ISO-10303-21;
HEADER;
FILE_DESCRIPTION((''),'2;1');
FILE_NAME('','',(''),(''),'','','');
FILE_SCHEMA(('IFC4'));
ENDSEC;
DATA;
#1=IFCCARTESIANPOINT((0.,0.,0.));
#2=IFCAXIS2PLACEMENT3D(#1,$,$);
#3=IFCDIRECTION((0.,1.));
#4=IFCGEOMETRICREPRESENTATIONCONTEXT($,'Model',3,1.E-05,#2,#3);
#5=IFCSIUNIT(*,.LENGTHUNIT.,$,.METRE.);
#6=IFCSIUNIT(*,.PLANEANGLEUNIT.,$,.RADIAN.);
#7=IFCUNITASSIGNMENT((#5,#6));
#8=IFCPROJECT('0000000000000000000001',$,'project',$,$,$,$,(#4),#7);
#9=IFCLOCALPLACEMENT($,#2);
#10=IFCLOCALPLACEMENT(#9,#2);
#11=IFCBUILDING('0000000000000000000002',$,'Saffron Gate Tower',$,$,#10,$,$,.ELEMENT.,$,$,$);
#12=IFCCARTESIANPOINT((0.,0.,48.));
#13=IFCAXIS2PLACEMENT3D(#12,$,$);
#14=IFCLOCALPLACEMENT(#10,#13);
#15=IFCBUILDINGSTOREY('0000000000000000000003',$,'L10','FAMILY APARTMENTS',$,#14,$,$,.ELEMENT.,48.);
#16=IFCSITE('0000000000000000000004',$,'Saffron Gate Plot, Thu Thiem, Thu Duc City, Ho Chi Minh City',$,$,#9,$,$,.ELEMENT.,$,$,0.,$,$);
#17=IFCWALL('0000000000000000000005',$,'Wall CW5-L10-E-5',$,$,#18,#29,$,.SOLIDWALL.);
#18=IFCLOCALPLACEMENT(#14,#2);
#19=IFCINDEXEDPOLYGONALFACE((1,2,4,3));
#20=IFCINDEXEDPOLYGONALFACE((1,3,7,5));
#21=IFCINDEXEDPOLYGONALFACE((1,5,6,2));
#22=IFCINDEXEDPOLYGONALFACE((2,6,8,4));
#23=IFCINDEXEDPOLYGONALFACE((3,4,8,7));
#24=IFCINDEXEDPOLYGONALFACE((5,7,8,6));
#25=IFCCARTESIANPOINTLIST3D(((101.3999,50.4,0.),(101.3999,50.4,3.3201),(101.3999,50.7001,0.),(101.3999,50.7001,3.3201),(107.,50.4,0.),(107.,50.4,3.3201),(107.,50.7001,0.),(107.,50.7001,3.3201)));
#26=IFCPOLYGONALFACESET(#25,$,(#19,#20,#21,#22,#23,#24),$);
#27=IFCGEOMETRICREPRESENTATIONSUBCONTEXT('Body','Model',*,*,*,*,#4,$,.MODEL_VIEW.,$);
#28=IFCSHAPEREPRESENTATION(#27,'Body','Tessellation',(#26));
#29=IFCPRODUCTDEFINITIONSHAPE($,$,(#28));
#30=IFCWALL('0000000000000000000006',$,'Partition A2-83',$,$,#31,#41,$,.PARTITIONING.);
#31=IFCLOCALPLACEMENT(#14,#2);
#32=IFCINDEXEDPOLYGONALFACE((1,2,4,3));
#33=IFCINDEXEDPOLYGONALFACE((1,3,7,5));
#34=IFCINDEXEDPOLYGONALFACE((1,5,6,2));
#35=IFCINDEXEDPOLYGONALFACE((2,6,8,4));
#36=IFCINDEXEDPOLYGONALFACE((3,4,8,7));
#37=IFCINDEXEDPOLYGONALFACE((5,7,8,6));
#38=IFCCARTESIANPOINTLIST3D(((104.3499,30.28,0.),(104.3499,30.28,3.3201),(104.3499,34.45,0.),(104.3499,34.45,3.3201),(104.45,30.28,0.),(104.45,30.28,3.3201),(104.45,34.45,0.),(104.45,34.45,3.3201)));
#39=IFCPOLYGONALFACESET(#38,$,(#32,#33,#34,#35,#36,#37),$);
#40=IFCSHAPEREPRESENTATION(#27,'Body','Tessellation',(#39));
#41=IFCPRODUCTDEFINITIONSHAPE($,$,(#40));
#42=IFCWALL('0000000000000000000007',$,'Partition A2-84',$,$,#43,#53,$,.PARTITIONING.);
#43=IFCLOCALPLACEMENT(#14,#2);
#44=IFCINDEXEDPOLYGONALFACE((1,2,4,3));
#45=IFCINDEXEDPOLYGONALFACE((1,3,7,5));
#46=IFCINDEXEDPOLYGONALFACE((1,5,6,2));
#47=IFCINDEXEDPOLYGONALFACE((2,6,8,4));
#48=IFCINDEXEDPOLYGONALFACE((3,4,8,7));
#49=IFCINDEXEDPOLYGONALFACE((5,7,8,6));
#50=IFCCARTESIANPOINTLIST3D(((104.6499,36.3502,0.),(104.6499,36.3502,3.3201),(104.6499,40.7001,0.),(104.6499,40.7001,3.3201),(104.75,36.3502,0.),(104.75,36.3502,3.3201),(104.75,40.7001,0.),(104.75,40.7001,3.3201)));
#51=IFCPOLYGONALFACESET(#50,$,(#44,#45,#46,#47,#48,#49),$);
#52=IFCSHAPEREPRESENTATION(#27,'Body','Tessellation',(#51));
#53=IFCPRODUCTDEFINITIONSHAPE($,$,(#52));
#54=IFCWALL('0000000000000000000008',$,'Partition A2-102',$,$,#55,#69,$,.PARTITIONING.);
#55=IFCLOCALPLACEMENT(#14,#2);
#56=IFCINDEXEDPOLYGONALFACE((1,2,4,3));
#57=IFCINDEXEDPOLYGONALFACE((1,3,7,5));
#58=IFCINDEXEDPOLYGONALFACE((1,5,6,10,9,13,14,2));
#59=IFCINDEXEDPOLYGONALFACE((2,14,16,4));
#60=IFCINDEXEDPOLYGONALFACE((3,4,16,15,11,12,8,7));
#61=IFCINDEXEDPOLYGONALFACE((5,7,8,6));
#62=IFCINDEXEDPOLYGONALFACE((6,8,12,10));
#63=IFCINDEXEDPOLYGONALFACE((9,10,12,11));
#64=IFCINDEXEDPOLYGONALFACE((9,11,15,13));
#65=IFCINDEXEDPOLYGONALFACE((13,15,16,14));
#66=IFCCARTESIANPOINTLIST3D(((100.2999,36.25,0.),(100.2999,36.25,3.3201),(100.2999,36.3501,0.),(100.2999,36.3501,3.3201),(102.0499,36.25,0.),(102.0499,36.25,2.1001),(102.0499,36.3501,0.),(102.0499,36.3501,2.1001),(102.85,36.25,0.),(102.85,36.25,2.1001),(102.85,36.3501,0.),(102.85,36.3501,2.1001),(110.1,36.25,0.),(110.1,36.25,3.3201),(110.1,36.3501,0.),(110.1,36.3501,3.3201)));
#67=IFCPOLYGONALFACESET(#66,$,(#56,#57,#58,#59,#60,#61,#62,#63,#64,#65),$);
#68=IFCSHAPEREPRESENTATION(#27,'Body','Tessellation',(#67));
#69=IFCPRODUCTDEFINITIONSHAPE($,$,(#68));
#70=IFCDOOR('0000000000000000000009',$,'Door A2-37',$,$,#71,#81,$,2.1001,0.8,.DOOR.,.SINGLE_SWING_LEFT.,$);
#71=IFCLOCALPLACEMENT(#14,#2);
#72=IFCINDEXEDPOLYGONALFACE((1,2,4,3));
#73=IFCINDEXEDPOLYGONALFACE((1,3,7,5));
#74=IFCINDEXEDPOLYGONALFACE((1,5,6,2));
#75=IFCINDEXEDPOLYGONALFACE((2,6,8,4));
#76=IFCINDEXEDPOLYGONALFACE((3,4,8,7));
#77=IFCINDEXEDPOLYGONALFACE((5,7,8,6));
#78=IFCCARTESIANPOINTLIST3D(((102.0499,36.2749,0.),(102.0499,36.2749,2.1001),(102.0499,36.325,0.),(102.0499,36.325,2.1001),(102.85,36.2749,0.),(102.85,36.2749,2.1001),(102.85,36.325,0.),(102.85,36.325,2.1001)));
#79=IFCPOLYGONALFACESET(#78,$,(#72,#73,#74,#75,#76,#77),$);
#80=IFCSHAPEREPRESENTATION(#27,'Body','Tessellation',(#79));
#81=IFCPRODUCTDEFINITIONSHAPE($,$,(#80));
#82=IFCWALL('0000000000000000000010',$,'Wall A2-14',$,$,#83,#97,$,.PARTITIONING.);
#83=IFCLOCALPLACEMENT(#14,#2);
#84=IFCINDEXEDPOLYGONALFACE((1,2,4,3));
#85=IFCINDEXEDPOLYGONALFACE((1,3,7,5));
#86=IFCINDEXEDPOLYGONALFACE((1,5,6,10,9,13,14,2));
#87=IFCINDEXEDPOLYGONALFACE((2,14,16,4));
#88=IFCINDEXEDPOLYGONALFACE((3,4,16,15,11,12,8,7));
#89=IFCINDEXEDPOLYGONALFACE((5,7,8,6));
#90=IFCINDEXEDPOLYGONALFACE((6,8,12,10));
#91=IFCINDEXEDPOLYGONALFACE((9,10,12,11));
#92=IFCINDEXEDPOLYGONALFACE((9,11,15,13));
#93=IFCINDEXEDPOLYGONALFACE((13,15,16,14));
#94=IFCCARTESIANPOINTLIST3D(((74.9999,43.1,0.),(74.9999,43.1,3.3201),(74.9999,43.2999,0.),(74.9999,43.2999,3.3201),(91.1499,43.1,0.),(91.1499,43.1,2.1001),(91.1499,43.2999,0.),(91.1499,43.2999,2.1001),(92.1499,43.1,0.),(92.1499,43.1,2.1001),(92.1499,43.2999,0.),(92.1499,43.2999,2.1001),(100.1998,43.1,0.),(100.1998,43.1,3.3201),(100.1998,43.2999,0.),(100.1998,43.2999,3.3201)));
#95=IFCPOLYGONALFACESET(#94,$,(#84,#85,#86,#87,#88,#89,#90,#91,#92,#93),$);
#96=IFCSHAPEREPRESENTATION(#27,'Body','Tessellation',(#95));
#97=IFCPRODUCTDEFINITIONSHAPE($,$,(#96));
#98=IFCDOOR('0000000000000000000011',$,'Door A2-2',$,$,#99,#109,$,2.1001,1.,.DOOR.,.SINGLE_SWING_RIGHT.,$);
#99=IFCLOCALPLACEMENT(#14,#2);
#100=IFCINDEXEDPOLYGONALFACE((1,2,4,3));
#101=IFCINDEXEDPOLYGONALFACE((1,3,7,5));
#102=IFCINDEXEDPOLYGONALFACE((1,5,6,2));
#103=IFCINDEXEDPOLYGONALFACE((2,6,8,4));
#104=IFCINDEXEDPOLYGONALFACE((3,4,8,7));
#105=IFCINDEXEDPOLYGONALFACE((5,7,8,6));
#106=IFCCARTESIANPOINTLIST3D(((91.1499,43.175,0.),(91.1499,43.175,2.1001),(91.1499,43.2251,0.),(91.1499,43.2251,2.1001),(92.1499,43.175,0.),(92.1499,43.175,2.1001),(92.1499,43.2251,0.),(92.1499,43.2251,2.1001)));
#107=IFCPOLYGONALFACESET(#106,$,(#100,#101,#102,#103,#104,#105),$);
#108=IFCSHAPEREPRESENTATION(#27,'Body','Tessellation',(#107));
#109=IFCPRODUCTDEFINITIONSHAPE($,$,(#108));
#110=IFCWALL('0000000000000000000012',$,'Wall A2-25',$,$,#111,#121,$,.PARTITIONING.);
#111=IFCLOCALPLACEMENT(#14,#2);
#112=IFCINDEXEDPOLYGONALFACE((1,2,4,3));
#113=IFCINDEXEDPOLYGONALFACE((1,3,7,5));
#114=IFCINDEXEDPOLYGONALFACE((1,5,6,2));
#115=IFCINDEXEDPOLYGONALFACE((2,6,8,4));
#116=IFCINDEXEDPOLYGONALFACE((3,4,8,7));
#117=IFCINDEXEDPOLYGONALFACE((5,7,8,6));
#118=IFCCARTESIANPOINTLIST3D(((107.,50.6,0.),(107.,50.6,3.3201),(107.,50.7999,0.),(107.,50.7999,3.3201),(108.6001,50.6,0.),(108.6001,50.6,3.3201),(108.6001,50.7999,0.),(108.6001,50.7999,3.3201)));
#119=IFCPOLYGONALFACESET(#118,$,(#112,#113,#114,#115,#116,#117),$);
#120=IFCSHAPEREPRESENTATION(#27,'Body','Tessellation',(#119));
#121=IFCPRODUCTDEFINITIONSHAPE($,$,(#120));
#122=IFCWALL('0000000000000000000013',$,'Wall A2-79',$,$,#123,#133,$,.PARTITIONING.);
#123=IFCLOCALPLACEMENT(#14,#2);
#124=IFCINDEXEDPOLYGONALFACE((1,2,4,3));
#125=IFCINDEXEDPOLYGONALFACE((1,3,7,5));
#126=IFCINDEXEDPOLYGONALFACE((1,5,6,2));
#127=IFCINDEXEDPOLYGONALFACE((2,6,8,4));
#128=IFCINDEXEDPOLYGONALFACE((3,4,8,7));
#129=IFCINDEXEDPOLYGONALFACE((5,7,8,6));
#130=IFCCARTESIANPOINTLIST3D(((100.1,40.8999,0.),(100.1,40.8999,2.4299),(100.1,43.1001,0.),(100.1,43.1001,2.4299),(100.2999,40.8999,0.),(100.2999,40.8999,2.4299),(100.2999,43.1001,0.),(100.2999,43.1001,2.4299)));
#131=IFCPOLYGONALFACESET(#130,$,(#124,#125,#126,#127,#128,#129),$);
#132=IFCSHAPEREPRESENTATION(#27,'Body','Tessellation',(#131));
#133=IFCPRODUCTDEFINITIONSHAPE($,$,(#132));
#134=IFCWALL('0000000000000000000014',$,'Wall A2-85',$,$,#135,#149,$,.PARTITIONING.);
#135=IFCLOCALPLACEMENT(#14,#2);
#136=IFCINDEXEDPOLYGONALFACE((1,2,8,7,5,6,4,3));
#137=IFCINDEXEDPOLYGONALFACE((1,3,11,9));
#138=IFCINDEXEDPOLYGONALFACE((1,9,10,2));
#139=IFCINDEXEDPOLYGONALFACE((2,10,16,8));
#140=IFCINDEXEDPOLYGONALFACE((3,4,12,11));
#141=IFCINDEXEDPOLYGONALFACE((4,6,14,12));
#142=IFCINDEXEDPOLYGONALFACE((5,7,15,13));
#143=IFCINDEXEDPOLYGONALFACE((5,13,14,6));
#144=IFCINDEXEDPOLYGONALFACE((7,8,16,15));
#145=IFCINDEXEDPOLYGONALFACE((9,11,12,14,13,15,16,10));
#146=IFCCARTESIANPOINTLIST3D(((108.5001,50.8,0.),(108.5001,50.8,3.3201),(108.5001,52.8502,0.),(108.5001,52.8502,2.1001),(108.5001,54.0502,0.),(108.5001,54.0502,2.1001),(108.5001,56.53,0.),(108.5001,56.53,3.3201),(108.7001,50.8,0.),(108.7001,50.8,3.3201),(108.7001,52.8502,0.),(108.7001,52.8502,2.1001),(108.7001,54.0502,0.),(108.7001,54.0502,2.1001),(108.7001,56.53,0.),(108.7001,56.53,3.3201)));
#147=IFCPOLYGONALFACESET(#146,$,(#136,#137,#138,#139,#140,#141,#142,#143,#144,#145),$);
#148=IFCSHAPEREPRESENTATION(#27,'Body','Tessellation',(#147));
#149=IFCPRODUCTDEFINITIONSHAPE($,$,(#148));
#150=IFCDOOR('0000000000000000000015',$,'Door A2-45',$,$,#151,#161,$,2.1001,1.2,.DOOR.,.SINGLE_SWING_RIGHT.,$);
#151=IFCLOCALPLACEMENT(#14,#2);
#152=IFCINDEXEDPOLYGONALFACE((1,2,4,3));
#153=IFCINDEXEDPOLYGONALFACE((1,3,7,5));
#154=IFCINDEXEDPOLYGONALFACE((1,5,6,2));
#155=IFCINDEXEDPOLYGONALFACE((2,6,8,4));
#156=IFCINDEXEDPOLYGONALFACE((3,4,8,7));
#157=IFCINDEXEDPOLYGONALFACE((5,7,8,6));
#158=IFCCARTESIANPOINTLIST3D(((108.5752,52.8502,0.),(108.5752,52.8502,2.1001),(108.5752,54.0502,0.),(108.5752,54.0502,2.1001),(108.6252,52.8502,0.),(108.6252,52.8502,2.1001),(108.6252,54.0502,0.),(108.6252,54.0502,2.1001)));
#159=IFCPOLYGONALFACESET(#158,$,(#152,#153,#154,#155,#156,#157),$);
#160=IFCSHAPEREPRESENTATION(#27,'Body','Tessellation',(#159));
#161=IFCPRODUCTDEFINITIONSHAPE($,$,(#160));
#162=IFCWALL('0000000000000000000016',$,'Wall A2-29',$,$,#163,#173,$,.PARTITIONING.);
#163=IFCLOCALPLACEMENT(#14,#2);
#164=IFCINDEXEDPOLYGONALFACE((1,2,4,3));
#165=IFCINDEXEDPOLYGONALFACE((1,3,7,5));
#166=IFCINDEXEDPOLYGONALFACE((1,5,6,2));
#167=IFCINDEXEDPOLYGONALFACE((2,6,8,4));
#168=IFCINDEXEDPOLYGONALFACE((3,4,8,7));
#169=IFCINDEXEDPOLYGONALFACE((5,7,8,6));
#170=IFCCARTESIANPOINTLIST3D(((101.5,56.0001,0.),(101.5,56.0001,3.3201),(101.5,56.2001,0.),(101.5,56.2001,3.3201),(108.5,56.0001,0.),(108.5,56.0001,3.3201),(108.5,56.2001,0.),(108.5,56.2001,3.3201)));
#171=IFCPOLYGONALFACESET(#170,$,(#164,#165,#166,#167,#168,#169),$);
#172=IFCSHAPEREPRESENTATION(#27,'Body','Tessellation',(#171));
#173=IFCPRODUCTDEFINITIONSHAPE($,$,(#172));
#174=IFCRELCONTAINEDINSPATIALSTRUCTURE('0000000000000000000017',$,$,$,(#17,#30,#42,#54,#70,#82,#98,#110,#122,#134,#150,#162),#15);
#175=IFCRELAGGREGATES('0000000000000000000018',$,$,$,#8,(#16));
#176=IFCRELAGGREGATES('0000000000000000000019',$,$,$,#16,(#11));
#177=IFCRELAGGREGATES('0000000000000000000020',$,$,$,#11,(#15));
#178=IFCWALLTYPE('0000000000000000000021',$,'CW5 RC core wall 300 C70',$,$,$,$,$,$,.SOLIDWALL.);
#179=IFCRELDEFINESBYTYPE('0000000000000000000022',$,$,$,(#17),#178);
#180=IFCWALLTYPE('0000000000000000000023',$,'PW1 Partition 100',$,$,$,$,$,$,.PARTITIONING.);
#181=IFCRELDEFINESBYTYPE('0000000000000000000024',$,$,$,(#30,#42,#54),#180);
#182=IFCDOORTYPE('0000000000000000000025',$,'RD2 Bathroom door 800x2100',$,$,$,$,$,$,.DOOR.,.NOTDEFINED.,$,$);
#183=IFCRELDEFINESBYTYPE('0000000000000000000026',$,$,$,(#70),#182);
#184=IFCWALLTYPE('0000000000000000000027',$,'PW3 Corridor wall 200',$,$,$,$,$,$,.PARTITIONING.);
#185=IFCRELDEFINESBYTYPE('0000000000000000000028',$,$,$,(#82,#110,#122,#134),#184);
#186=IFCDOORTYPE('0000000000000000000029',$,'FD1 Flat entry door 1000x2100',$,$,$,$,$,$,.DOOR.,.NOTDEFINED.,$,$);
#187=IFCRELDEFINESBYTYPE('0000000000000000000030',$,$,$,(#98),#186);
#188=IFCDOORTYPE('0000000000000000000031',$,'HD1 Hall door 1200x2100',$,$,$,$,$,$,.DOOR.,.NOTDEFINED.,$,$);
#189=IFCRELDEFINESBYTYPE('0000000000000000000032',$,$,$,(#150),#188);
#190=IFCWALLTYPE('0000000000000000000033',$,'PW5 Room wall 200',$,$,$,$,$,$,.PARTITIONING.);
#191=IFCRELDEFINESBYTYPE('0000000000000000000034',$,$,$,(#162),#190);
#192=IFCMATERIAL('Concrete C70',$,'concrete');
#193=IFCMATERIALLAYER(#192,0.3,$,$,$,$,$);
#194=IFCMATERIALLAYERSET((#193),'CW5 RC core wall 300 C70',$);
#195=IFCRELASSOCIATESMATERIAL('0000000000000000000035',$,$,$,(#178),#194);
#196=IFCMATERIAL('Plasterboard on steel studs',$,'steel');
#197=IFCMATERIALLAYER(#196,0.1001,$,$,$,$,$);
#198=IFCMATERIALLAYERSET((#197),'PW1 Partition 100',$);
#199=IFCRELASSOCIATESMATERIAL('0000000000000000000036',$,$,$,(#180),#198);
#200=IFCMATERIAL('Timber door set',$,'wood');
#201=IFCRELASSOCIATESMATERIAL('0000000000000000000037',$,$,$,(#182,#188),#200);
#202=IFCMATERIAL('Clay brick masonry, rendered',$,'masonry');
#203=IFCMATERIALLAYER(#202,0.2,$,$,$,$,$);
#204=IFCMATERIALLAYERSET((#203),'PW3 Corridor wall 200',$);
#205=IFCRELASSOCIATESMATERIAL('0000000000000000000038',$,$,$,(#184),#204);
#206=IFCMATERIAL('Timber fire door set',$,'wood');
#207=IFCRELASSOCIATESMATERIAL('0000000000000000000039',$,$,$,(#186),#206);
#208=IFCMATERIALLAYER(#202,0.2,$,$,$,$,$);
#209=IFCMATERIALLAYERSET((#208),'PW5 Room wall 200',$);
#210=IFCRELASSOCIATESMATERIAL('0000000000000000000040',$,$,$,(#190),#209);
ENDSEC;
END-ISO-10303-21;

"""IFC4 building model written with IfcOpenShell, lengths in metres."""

from ifc_helpers import new_model, si_unit, direction, frame, frame_2d, origin, place, context, subcontext, project, spatial, rectangle, extrude, material, layer, layer_set, type_object, element, fill, save


model = new_model("IFC4")

# Units and contexts
model_context = context("Model", 3, precision=1e-05, world=origin(), true_north=direction((0.0, 1.0)))
body_context = subcontext(model_context, "Body", "Model", "MODEL_VIEW")
ifc_project = project(units=[si_unit("LENGTHUNIT", "METRE"), si_unit("PLANEANGLEUNIT", "RADIAN")], contexts=[model_context])

# Site, building, storey
site_placement = place(None, origin())
site = spatial("IfcSite", under=ifc_project, at=site_placement, Name="Saffron Gate Plot, Thu Thiem, Thu Duc City, Ho Chi Minh City", CompositionType="ELEMENT", RefElevation=0.0)
building_placement = place(site_placement, origin())
building = spatial("IfcBuilding", under=site, at=building_placement, Name="Saffron Gate Tower", CompositionType="ELEMENT")
storey_placement = place(building_placement, frame((0.0, 0.0, 48.0)))
storey = spatial("IfcBuildingStorey", under=building, at=storey_placement, Name="L10", Description="FAMILY APARTMENTS", CompositionType="ELEMENT", Elevation=48.0)

# Shared definitions
ifc_material_1 = material(Name="Concrete C70", Category="concrete")

# Shared definitions
ifc_layer_1 = layer(ifc_material_1, 0.3)
ifc_layer_set_1 = layer_set([ifc_layer_1], Name="CW5 RC core wall 300 C70")
wall_type_1 = type_object("IfcWallType", Name="CW5 RC core wall 300 C70", PredefinedType="SOLIDWALL", material=ifc_layer_set_1)

# Walls
wall_1_placement = place(storey_placement, frame((101.3999, 50.55, 0.0), z_axis=(0.0, 0.0, 1.0), x_axis=(1.0, 0.0, 0.0)))
element("IfcWall", 1, at=wall_1_placement, inside=storey, type_object=wall_type_1, Name="Wall CW5-L10-E-5", PredefinedType="SOLIDWALL", context=body_context, shape_type="SweptSolid", body=[
    extrude(rectangle(XDim=5.6001, YDim=0.3, at=frame_2d((2.8, 0.0))), origin(), (0.0, 0.0, 1.0), 3.3201),
])
ifc_material_2 = material(Name="Plasterboard on steel studs", Category="steel")
ifc_layer_2 = layer(ifc_material_2, 0.1001)
ifc_layer_set_2 = layer_set([ifc_layer_2], Name="PW1 Partition 100")
wall_type_2 = type_object("IfcWallType", Name="PW1 Partition 100", PredefinedType="PARTITIONING", material=ifc_layer_set_2)
wall_2_placement = place(storey_placement, frame((104.3999, 34.45, 0.0), z_axis=(0.0, 0.0, 1.0), x_axis=(0.0, -1.0, 0.0)))
element("IfcWall", 2, at=wall_2_placement, inside=storey, type_object=wall_type_2, Name="Partition A2-83", PredefinedType="PARTITIONING", context=body_context, shape_type="SweptSolid", body=[
    extrude(rectangle(XDim=4.1699, YDim=0.1001, at=frame_2d((2.085, 0.0))), origin(), (0.0, 0.0, 1.0), 3.3201),
])
wall_3_placement = place(storey_placement, frame((104.7, 40.7, 0.0), z_axis=(0.0, 0.0, 1.0), x_axis=(0.0, -1.0, 0.0)))
element("IfcWall", 3, at=wall_3_placement, inside=storey, type_object=wall_type_2, Name="Partition A2-84", PredefinedType="PARTITIONING", context=body_context, shape_type="SweptSolid", body=[
    extrude(rectangle(XDim=4.3499, YDim=0.1001, at=frame_2d((2.1748, 0.0))), origin(), (0.0, 0.0, 1.0), 3.3201),
])

# Walls, openings, doors
wall_4_placement = place(storey_placement, frame((100.3, 36.3, 0.0), z_axis=(0.0, 0.0, 1.0), x_axis=(1.0, 0.0, 0.0)))
wall_4 = element("IfcWall", 4, at=wall_4_placement, inside=storey, type_object=wall_type_2, Name="Partition A2-102", PredefinedType="PARTITIONING", context=body_context, shape_type="SweptSolid", body=[
    extrude(rectangle(XDim=9.8, YDim=0.1001, at=frame_2d((4.8999, 0.0))), origin(), (0.0, 0.0, 1.0), 3.3201),
])
opening_1_placement = place(wall_4_placement, frame((1.75, 0.0, 0.0)))
opening_1 = element("IfcOpeningElement", 5, at=opening_1_placement, cuts=wall_4, PredefinedType="OPENING", context=body_context, shape_type="SweptSolid", body=[
    extrude(rectangle(XDim=0.8, YDim=2.1001, at=frame_2d((0.3999, 1.05))), frame((0.0, 0.0601, 0.0), z_axis=(0.0, -1.0, 0.0), x_axis=(1.0, 0.0, 0.0)), (0.0, 0.0, 1.0), 0.1201),
])
ifc_material_3 = material(Name="Timber door set", Category="wood")
door_type_1 = type_object("IfcDoorType", Name="RD2 Bathroom door 800x2100", OperationType="NOTDEFINED", PredefinedType="DOOR", material=ifc_material_3)
door_1_placement = place(opening_1_placement, origin())
door_1 = element("IfcDoor", 6, at=door_1_placement, inside=storey, type_object=door_type_1, Name="Door A2-37", OperationType="SINGLE_SWING_LEFT", OverallHeight=2.1001, OverallWidth=0.8, PredefinedType="DOOR", context=body_context, shape_type="SweptSolid", body=[
    extrude(rectangle(XDim=0.8, YDim=2.1001, at=frame_2d((0.3999, 1.05))), frame((0.0, 0.0249, 0.0), z_axis=(0.0, -1.0, 0.0), x_axis=(1.0, 0.0, 0.0)), (0.0, 0.0, 1.0), 0.05),
])
fill(opening_1, door_1)
ifc_material_4 = material(Name="Clay brick masonry, rendered", Category="masonry")
ifc_layer_3 = layer(ifc_material_4, 0.2)
ifc_layer_set_3 = layer_set([ifc_layer_3], Name="PW3 Corridor wall 200")
wall_type_3 = type_object("IfcWallType", Name="PW3 Corridor wall 200", PredefinedType="PARTITIONING", material=ifc_layer_set_3)
wall_5_placement = place(storey_placement, frame((100.2, 43.2, 0.0), z_axis=(0.0, 0.0, 1.0), x_axis=(-1.0, 0.0, 0.0)))
wall_5 = element("IfcWall", 7, at=wall_5_placement, inside=storey, type_object=wall_type_3, Name="Wall A2-14", PredefinedType="PARTITIONING", context=body_context, shape_type="SweptSolid", body=[
    extrude(rectangle(XDim=25.2, YDim=0.2, at=frame_2d((12.6001, 0.0))), origin(), (0.0, 0.0, 1.0), 3.3201),
])
opening_2_placement = place(wall_5_placement, frame((8.05, 0.0, 0.0)))
opening_2 = element("IfcOpeningElement", 8, at=opening_2_placement, cuts=wall_5, PredefinedType="OPENING", context=body_context, shape_type="SweptSolid", body=[
    extrude(rectangle(XDim=1.0, YDim=2.1001, at=frame_2d((0.5, 1.05))), frame((0.0, 0.1099, 0.0), z_axis=(0.0, -1.0, 0.0), x_axis=(1.0, 0.0, 0.0)), (0.0, 0.0, 1.0), 0.22),
])
ifc_material_5 = material(Name="Timber fire door set", Category="wood")
door_type_2 = type_object("IfcDoorType", Name="FD1 Flat entry door 1000x2100", OperationType="NOTDEFINED", PredefinedType="DOOR", material=ifc_material_5)
door_2_placement = place(opening_2_placement, origin())
door_2 = element("IfcDoor", 9, at=door_2_placement, inside=storey, type_object=door_type_2, Name="Door A2-2", OperationType="SINGLE_SWING_RIGHT", OverallHeight=2.1001, OverallWidth=1.0, PredefinedType="DOOR", context=body_context, shape_type="SweptSolid", body=[
    extrude(rectangle(XDim=1.0, YDim=2.1001, at=frame_2d((0.5, 1.05))), frame((0.0, 0.0249, 0.0), z_axis=(0.0, -1.0, 0.0), x_axis=(1.0, 0.0, 0.0)), (0.0, 0.0, 1.0), 0.05),
])
fill(opening_2, door_2)

# Walls
wall_6_placement = place(storey_placement, frame((107.0, 50.7, 0.0), z_axis=(0.0, 0.0, 1.0), x_axis=(1.0, 0.0, 0.0)))
element("IfcWall", 10, at=wall_6_placement, inside=storey, type_object=wall_type_3, Name="Wall A2-25", PredefinedType="PARTITIONING", context=body_context, shape_type="SweptSolid", body=[
    extrude(rectangle(XDim=1.6001, YDim=0.2, at=frame_2d((0.8, 0.0))), origin(), (0.0, 0.0, 1.0), 3.3201),
])
wall_7_placement = place(storey_placement, frame((100.2, 43.1001, 0.0), z_axis=(0.0, 0.0, 1.0), x_axis=(0.0, -1.0, 0.0)))
element("IfcWall", 11, at=wall_7_placement, inside=storey, type_object=wall_type_3, Name="Wall A2-79", PredefinedType="PARTITIONING", context=body_context, shape_type="SweptSolid", body=[
    extrude(rectangle(XDim=2.2002, YDim=0.2, at=frame_2d((1.1001, 0.0))), origin(), (0.0, 0.0, 1.0), 2.4299),
])

# Wall, opening, door
wall_8_placement = place(storey_placement, frame((108.6001, 50.8, 0.0), z_axis=(0.0, 0.0, 1.0), x_axis=(0.0, 1.0, 0.0)))
wall_8 = element("IfcWall", 12, at=wall_8_placement, inside=storey, type_object=wall_type_3, Name="Wall A2-85", PredefinedType="PARTITIONING", context=body_context, shape_type="SweptSolid", body=[
    extrude(rectangle(XDim=5.73, YDim=0.2, at=frame_2d((2.865, 0.0))), origin(), (0.0, 0.0, 1.0), 3.3201),
])
opening_3_placement = place(wall_8_placement, frame((2.05, 0.0, 0.0)))
opening_3 = element("IfcOpeningElement", 13, at=opening_3_placement, cuts=wall_8, PredefinedType="OPENING", context=body_context, shape_type="SweptSolid", body=[
    extrude(rectangle(XDim=1.2, YDim=2.1001, at=frame_2d((0.6001, 1.05))), frame((0.0, 0.1099, 0.0), z_axis=(0.0, -1.0, 0.0), x_axis=(1.0, 0.0, 0.0)), (0.0, 0.0, 1.0), 0.22),
])
door_type_3 = type_object("IfcDoorType", Name="HD1 Hall door 1200x2100", OperationType="NOTDEFINED", PredefinedType="DOOR", material=ifc_material_3)
door_3_placement = place(opening_3_placement, origin())
door_3 = element("IfcDoor", 14, at=door_3_placement, inside=storey, type_object=door_type_3, Name="Door A2-45", OperationType="SINGLE_SWING_RIGHT", OverallHeight=2.1001, OverallWidth=1.2, PredefinedType="DOOR", context=body_context, shape_type="SweptSolid", body=[
    extrude(rectangle(XDim=1.2, YDim=2.1001, at=frame_2d((0.6001, 1.05))), frame((0.0, 0.0249, 0.0), z_axis=(0.0, -1.0, 0.0), x_axis=(1.0, 0.0, 0.0)), (0.0, 0.0, 1.0), 0.05),
])
fill(opening_3, door_3)

# Wall
ifc_layer_4 = layer(ifc_material_4, 0.2)
ifc_layer_set_4 = layer_set([ifc_layer_4], Name="PW5 Room wall 200")
wall_type_4 = type_object("IfcWallType", Name="PW5 Room wall 200", PredefinedType="PARTITIONING", material=ifc_layer_set_4)
wall_9_placement = place(storey_placement, frame((101.5, 56.1001, 0.0), z_axis=(0.0, 0.0, 1.0), x_axis=(1.0, 0.0, 0.0)))
element("IfcWall", 15, at=wall_9_placement, inside=storey, type_object=wall_type_4, Name="Wall A2-29", PredefinedType="PARTITIONING", context=body_context, shape_type="SweptSolid", body=[
    extrude(rectangle(XDim=7.0, YDim=0.2, at=frame_2d((3.5, 0.0))), origin(), (0.0, 0.0, 1.0), 3.3201),
])

save(model, "model.ifc")
